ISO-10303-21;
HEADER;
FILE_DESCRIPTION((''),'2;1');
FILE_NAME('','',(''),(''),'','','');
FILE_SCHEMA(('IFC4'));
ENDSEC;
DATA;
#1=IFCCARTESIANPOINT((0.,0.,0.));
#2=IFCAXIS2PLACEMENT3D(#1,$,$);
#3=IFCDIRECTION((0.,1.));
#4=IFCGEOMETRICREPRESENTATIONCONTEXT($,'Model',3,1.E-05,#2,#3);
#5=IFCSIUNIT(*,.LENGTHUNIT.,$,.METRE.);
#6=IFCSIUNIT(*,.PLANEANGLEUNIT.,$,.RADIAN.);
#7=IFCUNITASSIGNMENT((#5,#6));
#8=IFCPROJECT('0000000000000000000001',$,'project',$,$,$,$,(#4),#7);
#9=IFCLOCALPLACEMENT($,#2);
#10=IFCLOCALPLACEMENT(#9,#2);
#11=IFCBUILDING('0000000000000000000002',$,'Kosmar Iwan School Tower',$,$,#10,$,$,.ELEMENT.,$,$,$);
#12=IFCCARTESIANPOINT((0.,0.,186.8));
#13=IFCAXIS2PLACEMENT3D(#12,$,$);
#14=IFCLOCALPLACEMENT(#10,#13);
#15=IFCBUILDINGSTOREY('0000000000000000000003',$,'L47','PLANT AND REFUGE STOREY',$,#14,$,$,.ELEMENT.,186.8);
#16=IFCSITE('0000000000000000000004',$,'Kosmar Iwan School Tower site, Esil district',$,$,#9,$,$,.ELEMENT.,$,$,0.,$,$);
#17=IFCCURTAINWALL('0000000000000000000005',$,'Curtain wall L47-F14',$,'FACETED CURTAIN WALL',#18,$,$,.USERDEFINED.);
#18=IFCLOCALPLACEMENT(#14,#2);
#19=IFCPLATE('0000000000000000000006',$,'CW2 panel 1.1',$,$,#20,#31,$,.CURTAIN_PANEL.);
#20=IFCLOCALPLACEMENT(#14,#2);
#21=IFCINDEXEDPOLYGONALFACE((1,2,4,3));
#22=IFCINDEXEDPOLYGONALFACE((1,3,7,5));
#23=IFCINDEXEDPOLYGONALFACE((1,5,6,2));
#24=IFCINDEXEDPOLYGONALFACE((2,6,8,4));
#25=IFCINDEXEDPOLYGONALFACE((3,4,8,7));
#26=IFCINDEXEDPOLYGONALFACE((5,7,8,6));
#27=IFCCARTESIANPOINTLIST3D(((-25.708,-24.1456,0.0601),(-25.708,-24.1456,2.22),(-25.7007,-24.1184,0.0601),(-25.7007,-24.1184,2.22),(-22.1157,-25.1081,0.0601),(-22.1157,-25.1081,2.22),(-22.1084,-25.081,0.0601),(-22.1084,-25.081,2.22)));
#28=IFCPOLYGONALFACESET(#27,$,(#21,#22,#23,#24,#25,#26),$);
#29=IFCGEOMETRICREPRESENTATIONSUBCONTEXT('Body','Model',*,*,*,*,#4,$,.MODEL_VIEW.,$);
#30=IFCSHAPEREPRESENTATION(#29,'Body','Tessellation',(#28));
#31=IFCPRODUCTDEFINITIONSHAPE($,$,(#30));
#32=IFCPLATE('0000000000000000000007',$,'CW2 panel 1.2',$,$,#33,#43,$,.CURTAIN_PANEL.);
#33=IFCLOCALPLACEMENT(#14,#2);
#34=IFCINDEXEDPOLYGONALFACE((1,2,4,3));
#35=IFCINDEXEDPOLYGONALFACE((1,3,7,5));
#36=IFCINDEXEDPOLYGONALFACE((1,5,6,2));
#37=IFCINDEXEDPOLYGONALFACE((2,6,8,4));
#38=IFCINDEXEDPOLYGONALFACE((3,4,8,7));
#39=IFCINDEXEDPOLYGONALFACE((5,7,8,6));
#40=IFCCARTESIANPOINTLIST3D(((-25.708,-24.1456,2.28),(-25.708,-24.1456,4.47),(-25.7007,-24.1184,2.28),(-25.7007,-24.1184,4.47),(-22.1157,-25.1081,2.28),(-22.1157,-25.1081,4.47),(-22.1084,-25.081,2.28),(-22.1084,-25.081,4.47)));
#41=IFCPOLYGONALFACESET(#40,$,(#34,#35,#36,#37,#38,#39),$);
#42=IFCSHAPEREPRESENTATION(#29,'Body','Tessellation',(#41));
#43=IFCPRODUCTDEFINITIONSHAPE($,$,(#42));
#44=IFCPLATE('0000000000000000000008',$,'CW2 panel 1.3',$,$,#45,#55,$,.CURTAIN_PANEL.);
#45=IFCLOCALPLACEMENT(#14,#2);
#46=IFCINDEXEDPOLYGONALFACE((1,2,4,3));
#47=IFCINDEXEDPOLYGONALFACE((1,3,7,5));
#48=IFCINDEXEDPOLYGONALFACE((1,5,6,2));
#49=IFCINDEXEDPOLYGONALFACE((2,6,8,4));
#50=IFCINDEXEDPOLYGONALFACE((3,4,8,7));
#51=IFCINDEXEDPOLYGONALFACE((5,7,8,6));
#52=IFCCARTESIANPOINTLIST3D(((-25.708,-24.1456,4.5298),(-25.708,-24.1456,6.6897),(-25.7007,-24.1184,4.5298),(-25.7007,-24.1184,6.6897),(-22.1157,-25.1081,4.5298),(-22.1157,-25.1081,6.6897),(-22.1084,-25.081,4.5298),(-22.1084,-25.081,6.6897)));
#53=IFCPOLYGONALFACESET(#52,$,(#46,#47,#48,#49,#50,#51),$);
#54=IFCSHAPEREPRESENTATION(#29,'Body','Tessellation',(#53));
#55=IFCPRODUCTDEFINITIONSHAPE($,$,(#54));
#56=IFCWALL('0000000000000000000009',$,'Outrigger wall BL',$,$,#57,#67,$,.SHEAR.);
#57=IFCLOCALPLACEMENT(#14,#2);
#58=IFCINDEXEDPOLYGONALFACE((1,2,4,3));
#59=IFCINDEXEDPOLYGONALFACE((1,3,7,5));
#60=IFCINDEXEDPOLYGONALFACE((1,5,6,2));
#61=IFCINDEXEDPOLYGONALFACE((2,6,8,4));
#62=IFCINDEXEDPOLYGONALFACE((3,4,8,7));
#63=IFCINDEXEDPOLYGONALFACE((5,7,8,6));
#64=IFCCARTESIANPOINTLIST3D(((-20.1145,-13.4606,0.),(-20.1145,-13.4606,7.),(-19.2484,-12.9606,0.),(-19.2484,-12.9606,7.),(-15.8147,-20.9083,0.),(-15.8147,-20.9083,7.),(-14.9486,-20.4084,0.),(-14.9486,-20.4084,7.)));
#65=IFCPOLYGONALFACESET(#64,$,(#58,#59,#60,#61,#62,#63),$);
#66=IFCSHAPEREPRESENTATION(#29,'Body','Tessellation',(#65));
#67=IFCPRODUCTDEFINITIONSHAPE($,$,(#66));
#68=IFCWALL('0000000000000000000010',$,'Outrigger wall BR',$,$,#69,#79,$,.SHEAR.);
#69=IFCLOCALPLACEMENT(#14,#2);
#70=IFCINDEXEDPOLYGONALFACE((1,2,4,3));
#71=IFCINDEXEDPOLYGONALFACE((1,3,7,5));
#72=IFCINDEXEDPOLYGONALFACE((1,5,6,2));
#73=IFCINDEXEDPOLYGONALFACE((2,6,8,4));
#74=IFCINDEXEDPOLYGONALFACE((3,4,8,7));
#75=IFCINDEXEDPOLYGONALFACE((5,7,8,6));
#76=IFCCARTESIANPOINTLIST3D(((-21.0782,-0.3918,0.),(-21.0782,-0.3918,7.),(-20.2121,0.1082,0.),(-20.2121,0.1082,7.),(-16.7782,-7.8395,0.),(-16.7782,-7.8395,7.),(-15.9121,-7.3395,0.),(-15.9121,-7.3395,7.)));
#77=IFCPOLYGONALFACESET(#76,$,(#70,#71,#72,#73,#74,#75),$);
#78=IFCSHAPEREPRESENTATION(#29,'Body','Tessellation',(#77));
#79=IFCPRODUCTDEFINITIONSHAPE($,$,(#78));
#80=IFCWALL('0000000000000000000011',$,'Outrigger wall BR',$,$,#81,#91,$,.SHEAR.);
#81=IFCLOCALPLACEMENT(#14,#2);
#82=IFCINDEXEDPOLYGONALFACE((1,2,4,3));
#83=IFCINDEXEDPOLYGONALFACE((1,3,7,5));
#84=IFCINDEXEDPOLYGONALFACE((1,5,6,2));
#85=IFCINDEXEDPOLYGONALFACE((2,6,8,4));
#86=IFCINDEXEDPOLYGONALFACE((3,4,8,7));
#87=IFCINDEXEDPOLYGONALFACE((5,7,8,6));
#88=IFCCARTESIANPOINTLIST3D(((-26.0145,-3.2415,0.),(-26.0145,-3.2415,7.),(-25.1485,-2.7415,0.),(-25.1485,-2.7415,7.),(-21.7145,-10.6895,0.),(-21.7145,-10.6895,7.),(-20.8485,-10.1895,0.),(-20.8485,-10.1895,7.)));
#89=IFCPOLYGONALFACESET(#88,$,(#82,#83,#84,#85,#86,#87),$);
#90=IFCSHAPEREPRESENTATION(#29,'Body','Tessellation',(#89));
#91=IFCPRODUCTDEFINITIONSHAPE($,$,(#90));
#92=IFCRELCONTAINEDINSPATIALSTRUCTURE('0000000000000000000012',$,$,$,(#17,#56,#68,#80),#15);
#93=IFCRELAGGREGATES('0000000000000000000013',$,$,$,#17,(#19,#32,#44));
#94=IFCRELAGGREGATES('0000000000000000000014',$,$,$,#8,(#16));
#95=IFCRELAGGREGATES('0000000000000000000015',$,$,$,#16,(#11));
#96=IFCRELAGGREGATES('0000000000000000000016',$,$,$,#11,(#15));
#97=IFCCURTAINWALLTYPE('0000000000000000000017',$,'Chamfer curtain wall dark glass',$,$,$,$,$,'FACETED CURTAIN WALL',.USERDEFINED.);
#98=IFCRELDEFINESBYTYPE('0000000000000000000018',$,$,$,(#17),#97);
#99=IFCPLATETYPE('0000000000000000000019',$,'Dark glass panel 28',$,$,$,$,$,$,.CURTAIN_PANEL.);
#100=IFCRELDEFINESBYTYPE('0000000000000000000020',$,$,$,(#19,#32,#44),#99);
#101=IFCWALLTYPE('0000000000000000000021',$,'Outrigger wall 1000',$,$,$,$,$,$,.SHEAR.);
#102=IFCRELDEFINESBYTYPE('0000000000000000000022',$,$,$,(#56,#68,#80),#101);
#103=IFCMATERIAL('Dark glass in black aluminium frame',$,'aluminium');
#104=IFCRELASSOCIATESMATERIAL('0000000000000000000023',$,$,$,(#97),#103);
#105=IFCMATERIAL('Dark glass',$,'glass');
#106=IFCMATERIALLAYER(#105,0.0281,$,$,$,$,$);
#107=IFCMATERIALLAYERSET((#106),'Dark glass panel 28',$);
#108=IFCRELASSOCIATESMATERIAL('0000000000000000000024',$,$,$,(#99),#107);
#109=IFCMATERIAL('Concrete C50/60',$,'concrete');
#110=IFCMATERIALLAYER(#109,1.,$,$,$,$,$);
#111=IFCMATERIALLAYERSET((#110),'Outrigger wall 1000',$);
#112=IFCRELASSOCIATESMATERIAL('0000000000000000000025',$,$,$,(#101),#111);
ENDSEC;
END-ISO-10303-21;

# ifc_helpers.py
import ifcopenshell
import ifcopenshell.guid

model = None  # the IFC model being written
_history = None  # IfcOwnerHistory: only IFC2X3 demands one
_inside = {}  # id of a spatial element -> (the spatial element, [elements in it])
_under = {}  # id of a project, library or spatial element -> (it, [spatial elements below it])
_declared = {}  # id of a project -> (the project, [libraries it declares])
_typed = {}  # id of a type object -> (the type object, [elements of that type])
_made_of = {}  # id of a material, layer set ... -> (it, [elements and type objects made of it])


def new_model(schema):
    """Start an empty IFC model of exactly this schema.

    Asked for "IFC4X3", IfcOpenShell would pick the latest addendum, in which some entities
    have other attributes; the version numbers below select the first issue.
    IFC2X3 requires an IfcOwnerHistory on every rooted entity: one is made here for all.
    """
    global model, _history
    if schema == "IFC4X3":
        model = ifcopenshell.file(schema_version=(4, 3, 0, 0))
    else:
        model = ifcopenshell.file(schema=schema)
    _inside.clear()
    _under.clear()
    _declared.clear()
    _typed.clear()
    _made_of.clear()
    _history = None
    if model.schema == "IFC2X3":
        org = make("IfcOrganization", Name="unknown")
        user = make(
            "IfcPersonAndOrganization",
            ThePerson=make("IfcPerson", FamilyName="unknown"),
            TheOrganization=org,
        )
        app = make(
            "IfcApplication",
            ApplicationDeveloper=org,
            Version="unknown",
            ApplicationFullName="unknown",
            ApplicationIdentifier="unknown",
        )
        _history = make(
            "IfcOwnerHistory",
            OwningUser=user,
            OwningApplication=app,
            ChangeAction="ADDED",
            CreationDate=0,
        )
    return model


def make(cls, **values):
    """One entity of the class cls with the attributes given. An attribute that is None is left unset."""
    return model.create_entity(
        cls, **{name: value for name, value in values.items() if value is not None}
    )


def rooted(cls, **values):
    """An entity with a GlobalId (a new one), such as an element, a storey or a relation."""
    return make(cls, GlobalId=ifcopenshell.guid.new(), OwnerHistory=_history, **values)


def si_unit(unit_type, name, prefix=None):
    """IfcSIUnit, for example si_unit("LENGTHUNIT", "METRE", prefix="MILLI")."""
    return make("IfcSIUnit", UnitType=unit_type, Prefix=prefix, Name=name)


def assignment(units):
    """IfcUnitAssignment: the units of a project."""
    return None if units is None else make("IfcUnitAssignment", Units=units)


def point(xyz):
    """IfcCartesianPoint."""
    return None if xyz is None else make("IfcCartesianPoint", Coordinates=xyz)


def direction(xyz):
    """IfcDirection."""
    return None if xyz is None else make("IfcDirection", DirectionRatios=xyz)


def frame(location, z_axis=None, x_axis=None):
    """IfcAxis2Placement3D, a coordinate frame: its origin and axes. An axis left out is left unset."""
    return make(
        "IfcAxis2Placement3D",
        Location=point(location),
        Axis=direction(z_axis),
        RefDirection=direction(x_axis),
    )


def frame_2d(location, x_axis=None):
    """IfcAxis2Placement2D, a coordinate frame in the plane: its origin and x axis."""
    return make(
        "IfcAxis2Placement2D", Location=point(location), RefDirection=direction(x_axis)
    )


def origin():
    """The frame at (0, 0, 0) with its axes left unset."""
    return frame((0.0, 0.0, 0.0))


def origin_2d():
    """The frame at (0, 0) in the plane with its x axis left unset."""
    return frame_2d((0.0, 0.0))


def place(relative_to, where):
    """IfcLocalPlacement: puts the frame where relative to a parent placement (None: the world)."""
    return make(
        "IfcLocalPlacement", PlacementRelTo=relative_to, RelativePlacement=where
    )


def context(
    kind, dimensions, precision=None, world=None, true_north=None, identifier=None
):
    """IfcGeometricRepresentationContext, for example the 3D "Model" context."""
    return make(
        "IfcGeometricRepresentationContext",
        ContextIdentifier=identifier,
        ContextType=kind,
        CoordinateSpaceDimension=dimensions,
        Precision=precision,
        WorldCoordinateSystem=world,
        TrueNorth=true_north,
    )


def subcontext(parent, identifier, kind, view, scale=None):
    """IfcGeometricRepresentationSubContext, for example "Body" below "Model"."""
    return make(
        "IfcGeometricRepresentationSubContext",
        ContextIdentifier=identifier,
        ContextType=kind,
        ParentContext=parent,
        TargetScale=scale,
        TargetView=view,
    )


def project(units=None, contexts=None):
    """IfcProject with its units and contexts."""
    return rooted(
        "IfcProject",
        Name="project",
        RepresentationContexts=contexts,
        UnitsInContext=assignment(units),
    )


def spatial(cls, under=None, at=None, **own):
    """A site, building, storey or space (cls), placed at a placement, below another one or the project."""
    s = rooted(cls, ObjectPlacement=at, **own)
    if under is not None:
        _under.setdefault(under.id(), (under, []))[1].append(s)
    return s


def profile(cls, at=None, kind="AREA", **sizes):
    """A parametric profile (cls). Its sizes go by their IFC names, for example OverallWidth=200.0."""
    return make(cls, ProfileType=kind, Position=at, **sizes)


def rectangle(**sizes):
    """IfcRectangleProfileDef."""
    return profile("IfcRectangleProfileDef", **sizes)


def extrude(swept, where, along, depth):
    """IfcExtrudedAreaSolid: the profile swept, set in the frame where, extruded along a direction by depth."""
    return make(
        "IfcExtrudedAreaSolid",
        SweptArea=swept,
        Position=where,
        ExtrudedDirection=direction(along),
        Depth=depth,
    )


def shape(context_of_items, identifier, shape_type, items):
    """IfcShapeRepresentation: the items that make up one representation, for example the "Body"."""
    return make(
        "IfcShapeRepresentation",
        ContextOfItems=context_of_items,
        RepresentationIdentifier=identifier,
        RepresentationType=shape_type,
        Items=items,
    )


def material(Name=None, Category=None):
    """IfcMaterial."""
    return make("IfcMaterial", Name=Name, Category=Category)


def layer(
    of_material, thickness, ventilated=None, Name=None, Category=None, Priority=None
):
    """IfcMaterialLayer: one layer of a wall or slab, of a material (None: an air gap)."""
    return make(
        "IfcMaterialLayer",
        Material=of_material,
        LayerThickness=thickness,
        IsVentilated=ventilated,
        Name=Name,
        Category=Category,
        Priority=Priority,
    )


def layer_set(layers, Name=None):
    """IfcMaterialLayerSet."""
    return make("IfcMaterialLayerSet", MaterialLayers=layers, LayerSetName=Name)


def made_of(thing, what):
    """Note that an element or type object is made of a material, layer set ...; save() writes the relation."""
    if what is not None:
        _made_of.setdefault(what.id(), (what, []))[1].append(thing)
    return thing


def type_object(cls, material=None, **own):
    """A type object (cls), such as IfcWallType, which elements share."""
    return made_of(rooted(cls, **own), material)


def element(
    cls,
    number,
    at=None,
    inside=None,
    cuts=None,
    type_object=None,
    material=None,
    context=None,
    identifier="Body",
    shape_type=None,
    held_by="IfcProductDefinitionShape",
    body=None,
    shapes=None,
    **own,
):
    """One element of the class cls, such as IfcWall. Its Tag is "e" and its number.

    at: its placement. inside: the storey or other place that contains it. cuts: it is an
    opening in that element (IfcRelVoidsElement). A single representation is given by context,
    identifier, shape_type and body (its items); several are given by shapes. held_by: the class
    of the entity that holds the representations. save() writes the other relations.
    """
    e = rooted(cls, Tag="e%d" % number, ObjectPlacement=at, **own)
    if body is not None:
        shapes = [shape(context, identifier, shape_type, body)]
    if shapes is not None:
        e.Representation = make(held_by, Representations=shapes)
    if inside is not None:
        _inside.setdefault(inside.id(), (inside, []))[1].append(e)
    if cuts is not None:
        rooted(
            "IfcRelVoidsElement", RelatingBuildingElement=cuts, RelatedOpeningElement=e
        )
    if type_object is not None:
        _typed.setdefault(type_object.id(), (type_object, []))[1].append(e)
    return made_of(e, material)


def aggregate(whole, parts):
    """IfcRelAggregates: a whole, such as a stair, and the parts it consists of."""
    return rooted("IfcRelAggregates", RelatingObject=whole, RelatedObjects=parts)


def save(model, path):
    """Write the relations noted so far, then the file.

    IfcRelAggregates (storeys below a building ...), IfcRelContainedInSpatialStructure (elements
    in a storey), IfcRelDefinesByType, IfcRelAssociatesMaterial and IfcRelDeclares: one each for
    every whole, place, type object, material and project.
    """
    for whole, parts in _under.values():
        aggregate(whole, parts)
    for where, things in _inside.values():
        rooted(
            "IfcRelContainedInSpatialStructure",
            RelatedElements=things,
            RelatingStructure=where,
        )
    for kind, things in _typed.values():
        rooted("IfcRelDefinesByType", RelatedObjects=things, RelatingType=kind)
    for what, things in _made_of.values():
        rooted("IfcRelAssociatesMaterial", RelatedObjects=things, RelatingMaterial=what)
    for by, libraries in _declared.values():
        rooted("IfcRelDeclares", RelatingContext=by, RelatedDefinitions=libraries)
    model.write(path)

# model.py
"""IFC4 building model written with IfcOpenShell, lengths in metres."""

from ifc_helpers import new_model, si_unit, direction, frame, frame_2d, origin, origin_2d, place, context, subcontext, project, spatial, rectangle, extrude, material, layer, layer_set, type_object, element, aggregate, save


model = new_model("IFC4")

# Units and contexts
model_context = context("Model", 3, precision=1e-05, world=origin(), true_north=direction((0.0, 1.0)))
body_context = subcontext(model_context, "Body", "Model", "MODEL_VIEW")
ifc_project = project(units=[si_unit("LENGTHUNIT", "METRE"), si_unit("PLANEANGLEUNIT", "RADIAN")], contexts=[model_context])

# Site, building, storey
site_placement = place(None, origin())
site = spatial("IfcSite", under=ifc_project, at=site_placement, Name="Kosmar Iwan School Tower site, Esil district", CompositionType="ELEMENT", RefElevation=0.0)
building_placement = place(site_placement, origin())
building = spatial("IfcBuilding", under=site, at=building_placement, Name="Kosmar Iwan School Tower", CompositionType="ELEMENT")
storey_placement = place(building_placement, frame((0.0, 0.0, 186.8)))
storey = spatial("IfcBuildingStorey", under=building, at=storey_placement, Name="L47", Description="PLANT AND REFUGE STOREY", CompositionType="ELEMENT", Elevation=186.8)

# Curtain wall
ifc_material_1 = material(Name="Dark glass in black aluminium frame", Category="aluminium")
curtain_wall_type = type_object("IfcCurtainWallType", Name="Chamfer curtain wall dark glass", ElementType="FACETED CURTAIN WALL", PredefinedType="USERDEFINED", material=ifc_material_1)
curtain_wall_placement = place(storey_placement, origin())
curtain_wall = element("IfcCurtainWall", 1, at=curtain_wall_placement, inside=storey, type_object=curtain_wall_type, Name="Curtain wall L47-F14", ObjectType="FACETED CURTAIN WALL", PredefinedType="USERDEFINED")

# Plates
ifc_material_2 = material(Name="Dark glass", Category="glass")
ifc_layer_1 = layer(ifc_material_2, 0.0281)
ifc_layer_set_1 = layer_set([ifc_layer_1], Name="Dark glass panel 28")
plate_type = type_object("IfcPlateType", Name="Dark glass panel 28", PredefinedType="CURTAIN_PANEL", material=ifc_layer_set_1)
plate_1_placement = place(storey_placement, frame((-23.9082, -24.6133, 0.0601), z_axis=(0.0, 0.0, 1.0), x_axis=(0.965926, -0.258819, 0.0)))
plate_1 = element("IfcPlate", 2, at=plate_1_placement, type_object=plate_type, Name="CW2 panel 1.1", PredefinedType="CURTAIN_PANEL", context=body_context, shape_type="SweptSolid", body=[
    extrude(rectangle(XDim=3.719, YDim=0.0281, at=origin_2d()), origin(), (0.0, 0.0, 1.0), 2.1599),
])
plate_2_placement = place(storey_placement, frame((-23.9082, -24.6133, 2.28), z_axis=(0.0, 0.0, 1.0), x_axis=(0.965926, -0.258819, 0.0)))
plate_2 = element("IfcPlate", 3, at=plate_2_placement, type_object=plate_type, Name="CW2 panel 1.2", PredefinedType="CURTAIN_PANEL", context=body_context, shape_type="SweptSolid", body=[
    extrude(rectangle(XDim=3.719, YDim=0.0281, at=origin_2d()), origin(), (0.0, 0.0, 1.0), 2.1899),
])
plate_3_placement = place(storey_placement, frame((-23.9082, -24.6133, 4.5298), z_axis=(0.0, 0.0, 1.0), x_axis=(0.965926, -0.258819, 0.0)))
plate_3 = element("IfcPlate", 4, at=plate_3_placement, type_object=plate_type, Name="CW2 panel 1.3", PredefinedType="CURTAIN_PANEL", context=body_context, shape_type="SweptSolid", body=[
    extrude(rectangle(XDim=3.719, YDim=0.0281, at=origin_2d()), origin(), (0.0, 0.0, 1.0), 2.1599),
])
aggregate(curtain_wall, [plate_1, plate_2, plate_3])

# Walls
ifc_material_3 = material(Name="Concrete C50/60", Category="concrete")
ifc_layer_2 = layer(ifc_material_3, 1.0)
ifc_layer_set_2 = layer_set([ifc_layer_2], Name="Outrigger wall 1000")
wall_type_1 = type_object("IfcWallType", Name="Outrigger wall 1000", PredefinedType="SHEAR", material=ifc_layer_set_2)
for number, where, z_axis, x_axis, name in (
    (5, (-19.6814, -13.2107, 0.0), (0.0, 0.0, 1.0), (0.499986, -0.866033, 0.0), "Outrigger wall BL"),
    (6, (-16.3452, -7.5894, 0.0), (0.0, 0.0, 1.0), (-0.500008, 0.866021, 0.0), "Outrigger wall BR"),
):
    element("IfcWall", number, at=place(storey_placement, frame(where, z_axis=z_axis, x_axis=x_axis)), inside=storey, type_object=wall_type_1, Name=name, PredefinedType="SHEAR", context=body_context, shape_type="SweptSolid", body=[
        extrude(rectangle(XDim=8.5999, YDim=1.0, at=frame_2d((4.2998, 0.0))), origin(), (0.0, 0.0, 1.0), 7.0),
    ])
wall_1_placement = place(storey_placement, frame((-21.2815, -10.4395, 0.0), z_axis=(0.0, 0.0, 1.0), x_axis=(-0.499995, 0.866028, 0.0)))
element("IfcWall", 7, at=wall_1_placement, inside=storey, type_object=wall_type_1, Name="Outrigger wall BR", PredefinedType="SHEAR", context=body_context, shape_type="SweptSolid", body=[
    extrude(rectangle(XDim=8.6001, YDim=1.0, at=frame_2d((4.3, 0.0))), origin(), (0.0, 0.0, 1.0), 7.0),
])

save(model, "model.ifc")
